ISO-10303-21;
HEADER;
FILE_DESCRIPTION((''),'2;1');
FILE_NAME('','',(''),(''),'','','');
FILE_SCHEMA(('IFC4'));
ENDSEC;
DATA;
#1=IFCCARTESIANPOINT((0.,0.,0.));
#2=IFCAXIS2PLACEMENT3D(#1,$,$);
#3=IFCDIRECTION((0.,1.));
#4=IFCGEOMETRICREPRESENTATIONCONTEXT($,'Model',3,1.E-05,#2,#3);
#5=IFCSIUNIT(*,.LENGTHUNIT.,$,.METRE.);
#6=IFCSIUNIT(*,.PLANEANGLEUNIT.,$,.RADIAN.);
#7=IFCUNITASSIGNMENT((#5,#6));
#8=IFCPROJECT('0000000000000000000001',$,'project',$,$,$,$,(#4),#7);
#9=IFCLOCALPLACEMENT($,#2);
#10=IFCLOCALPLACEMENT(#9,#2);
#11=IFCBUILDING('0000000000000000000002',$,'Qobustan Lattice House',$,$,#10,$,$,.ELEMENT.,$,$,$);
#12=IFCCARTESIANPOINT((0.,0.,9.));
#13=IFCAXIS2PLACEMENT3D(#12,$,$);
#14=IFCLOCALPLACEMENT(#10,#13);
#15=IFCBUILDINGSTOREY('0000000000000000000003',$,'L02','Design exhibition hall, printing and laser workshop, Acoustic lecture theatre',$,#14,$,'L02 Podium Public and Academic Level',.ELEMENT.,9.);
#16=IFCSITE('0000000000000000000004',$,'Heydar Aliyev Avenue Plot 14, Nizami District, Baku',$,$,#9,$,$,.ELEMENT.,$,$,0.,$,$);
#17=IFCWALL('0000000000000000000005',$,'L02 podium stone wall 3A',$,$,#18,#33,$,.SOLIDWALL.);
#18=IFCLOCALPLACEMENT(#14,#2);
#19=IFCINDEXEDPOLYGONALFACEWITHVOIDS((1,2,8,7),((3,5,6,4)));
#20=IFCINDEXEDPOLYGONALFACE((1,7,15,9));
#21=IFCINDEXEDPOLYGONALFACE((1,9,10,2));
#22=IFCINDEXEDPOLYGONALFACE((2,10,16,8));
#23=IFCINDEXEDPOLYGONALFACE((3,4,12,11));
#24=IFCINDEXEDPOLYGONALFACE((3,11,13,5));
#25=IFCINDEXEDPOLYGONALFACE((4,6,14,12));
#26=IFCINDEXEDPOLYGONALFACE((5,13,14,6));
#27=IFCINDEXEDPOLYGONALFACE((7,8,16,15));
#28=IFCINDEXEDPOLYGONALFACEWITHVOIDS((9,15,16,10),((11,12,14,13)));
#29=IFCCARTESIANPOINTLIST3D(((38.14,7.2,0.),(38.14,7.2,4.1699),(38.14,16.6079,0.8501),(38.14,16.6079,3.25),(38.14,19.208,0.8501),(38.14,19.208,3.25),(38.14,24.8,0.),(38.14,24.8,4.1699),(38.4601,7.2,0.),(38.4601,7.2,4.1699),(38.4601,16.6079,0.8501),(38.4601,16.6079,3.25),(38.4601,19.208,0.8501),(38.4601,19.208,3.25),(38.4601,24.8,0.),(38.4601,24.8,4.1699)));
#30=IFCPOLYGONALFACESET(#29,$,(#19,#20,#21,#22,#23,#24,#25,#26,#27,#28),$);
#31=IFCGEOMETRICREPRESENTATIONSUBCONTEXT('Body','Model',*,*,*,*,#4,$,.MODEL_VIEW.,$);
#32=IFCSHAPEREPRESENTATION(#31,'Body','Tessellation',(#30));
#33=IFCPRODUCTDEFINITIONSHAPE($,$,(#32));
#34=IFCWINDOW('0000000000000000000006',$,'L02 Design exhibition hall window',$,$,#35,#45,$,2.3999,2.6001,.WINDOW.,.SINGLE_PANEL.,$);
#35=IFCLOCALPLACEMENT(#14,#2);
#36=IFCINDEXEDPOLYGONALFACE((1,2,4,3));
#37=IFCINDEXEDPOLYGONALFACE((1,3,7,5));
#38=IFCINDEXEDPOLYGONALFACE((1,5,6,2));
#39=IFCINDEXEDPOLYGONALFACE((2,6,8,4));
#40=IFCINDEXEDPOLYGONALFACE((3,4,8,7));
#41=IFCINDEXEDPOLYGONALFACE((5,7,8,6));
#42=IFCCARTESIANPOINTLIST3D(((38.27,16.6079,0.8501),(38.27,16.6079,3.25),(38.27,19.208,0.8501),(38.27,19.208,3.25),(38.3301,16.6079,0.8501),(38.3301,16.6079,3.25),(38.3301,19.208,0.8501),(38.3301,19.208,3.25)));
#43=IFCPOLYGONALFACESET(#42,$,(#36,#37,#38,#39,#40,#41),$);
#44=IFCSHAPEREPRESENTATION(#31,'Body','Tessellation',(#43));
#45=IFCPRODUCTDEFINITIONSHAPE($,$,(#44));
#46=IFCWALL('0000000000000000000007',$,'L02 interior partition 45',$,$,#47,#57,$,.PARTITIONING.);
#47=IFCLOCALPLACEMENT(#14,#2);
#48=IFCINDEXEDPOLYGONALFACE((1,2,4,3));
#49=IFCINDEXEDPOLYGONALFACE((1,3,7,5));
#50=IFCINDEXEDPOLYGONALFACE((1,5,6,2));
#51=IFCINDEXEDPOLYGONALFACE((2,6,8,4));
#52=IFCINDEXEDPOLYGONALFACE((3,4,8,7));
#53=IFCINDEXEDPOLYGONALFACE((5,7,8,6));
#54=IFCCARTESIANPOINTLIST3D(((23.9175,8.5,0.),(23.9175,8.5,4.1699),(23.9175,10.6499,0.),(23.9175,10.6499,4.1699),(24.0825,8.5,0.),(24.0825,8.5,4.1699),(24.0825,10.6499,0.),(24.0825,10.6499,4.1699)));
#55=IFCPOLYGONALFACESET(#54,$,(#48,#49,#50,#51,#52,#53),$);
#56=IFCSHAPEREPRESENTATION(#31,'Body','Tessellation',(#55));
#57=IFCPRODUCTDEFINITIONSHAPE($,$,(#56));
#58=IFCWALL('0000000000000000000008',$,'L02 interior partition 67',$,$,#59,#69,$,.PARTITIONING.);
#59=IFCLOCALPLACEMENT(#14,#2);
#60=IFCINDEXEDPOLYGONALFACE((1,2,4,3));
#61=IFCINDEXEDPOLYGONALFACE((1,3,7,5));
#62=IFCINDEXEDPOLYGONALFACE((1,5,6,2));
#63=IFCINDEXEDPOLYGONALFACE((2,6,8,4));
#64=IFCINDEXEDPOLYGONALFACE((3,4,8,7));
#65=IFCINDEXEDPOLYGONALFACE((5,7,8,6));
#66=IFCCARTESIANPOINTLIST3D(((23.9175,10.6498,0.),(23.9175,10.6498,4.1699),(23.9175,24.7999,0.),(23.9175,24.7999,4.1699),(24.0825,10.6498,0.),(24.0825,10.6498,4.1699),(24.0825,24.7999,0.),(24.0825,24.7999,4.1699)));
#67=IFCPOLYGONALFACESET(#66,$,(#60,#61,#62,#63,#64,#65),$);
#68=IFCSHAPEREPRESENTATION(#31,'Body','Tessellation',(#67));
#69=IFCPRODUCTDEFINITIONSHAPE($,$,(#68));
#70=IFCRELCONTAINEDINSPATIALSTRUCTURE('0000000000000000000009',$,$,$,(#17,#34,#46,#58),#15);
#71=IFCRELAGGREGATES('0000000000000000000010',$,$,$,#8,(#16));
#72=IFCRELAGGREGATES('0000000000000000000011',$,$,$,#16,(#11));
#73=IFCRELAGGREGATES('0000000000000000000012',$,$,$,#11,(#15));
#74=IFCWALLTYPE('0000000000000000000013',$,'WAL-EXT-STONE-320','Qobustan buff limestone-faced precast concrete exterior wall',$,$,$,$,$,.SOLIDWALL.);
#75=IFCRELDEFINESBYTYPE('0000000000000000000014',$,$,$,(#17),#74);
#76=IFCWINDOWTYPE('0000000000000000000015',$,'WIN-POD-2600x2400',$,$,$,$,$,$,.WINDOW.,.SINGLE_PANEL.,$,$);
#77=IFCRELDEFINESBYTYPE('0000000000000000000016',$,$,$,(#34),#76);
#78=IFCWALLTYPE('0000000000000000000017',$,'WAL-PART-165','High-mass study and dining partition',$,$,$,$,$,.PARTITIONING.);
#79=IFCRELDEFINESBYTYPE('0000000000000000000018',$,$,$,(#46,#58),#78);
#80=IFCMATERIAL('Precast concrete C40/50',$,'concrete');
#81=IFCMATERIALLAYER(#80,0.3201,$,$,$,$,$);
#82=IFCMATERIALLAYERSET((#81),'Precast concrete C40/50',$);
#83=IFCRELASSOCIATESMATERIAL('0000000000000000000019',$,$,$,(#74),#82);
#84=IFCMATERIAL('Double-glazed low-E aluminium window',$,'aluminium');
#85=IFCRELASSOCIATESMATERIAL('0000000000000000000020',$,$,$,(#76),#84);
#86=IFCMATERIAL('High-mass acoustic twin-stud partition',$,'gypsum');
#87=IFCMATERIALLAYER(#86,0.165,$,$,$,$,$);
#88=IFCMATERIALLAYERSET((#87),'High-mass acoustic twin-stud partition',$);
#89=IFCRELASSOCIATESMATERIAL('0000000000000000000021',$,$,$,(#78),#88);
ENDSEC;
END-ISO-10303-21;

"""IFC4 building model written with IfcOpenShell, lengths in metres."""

from ifc_helpers import new_model, si_unit, direction, frame, frame_2d, origin, place, context, subcontext, project, spatial, rectangle, extrude, material, layer, layer_set, type_object, element, fill, save


model = new_model("IFC4")

# Units and contexts
model_context = context("Model", 3, precision=1e-05, world=origin(), true_north=direction((0.0, 1.0)))
body_context = subcontext(model_context, "Body", "Model", "MODEL_VIEW")
ifc_project = project(units=[si_unit("LENGTHUNIT", "METRE"), si_unit("PLANEANGLEUNIT", "RADIAN")], contexts=[model_context])

# Site, building, storey
site_placement = place(None, origin())
site = spatial("IfcSite", under=ifc_project, at=site_placement, Name="Heydar Aliyev Avenue Plot 14, Nizami District, Baku", CompositionType="ELEMENT", RefElevation=0.0)
building_placement = place(site_placement, origin())
building = spatial("IfcBuilding", under=site, at=building_placement, Name="Qobustan Lattice House", CompositionType="ELEMENT")
storey_placement = place(building_placement, frame((0.0, 0.0, 9.0)))
storey = spatial("IfcBuildingStorey", under=building, at=storey_placement, Name="L02", Description="Design exhibition hall, printing and laser workshop, Acoustic lecture theatre", LongName="L02 Podium Public and Academic Level", CompositionType="ELEMENT", Elevation=9.0)

# Wall, opening, window
ifc_material_1 = material(Name="Precast concrete C40/50", Category="concrete")
ifc_layer_1 = layer(ifc_material_1, 0.3201)
ifc_layer_set_1 = layer_set([ifc_layer_1], Name="Precast concrete C40/50")
wall_type_1 = type_object("IfcWallType", Name="WAL-EXT-STONE-320", Description="Qobustan buff limestone-faced precast concrete exterior wall", PredefinedType="SOLIDWALL", material=ifc_layer_set_1)
wall_1_placement = place(storey_placement, frame((38.3, 24.8, 0.0), z_axis=(0.0, 0.0, 1.0), x_axis=(0.0, -1.0, 0.0)))
wall_1 = element("IfcWall", 1, at=wall_1_placement, inside=storey, type_object=wall_type_1, Name="L02 podium stone wall 3A", PredefinedType="SOLIDWALL", context=body_context, shape_type="SweptSolid", body=[
    extrude(rectangle(XDim=17.6001, YDim=0.3201, at=frame_2d((8.8, 0.0))), origin(), (0.0, 0.0, 1.0), 4.1699),
])
opening_placement = place(wall_1_placement, frame((5.592, 0.0, 0.8501)))
opening = element("IfcOpeningElement", 2, at=opening_placement, cuts=wall_1, PredefinedType="OPENING", context=body_context, shape_type="SweptSolid", body=[
    extrude(rectangle(XDim=2.6001, YDim=2.3999, at=frame_2d((1.3, 1.2))), frame((0.0, 0.1699, 0.0), z_axis=(0.0, -1.0, 0.0), x_axis=(1.0, 0.0, 0.0)), (0.0, 0.0, 1.0), 0.3401),
])
ifc_material_2 = material(Name="Double-glazed low-E aluminium window", Category="aluminium")
window_type = type_object("IfcWindowType", Name="WIN-POD-2600x2400", PartitioningType="SINGLE_PANEL", PredefinedType="WINDOW", material=ifc_material_2)
window_placement = place(opening_placement, origin())
window = element("IfcWindow", 3, at=window_placement, inside=storey, type_object=window_type, Name="L02 Design exhibition hall window", OverallHeight=2.3999, OverallWidth=2.6001, PartitioningType="SINGLE_PANEL", PredefinedType="WINDOW", context=body_context, shape_type="SweptSolid", body=[
    extrude(rectangle(XDim=2.6001, YDim=2.3999, at=frame_2d((1.3, 1.2))), frame((0.0, 0.03, 0.0), z_axis=(0.0, -1.0, 0.0), x_axis=(1.0, 0.0, 0.0)), (0.0, 0.0, 1.0), 0.0601),
])
fill(opening, window)

# Walls
ifc_material_3 = material(Name="High-mass acoustic twin-stud partition", Category="gypsum")
ifc_layer_2 = layer(ifc_material_3, 0.165)
ifc_layer_set_2 = layer_set([ifc_layer_2], Name="High-mass acoustic twin-stud partition")
wall_type_2 = type_object("IfcWallType", Name="WAL-PART-165", Description="High-mass study and dining partition", PredefinedType="PARTITIONING", material=ifc_layer_set_2)
wall_2_placement = place(storey_placement, frame((24.0, 10.6499, 0.0), z_axis=(0.0, 0.0, 1.0), x_axis=(0.0, -1.0, 0.0)))
element("IfcWall", 4, at=wall_2_placement, inside=storey, type_object=wall_type_2, Name="L02 interior partition 45", PredefinedType="PARTITIONING", context=body_context, shape_type="SweptSolid", body=[
    extrude(rectangle(XDim=2.1499, YDim=0.165, at=frame_2d((1.075, 0.0))), origin(), (0.0, 0.0, 1.0), 4.1699),
])
wall_3_placement = place(storey_placement, frame((24.0, 24.8, 0.0), z_axis=(0.0, 0.0, 1.0), x_axis=(0.0, -1.0, 0.0)))
element("IfcWall", 5, at=wall_3_placement, inside=storey, type_object=wall_type_2, Name="L02 interior partition 67", PredefinedType="PARTITIONING", context=body_context, shape_type="SweptSolid", body=[
    extrude(rectangle(XDim=14.1501, YDim=0.165, at=frame_2d((7.0752, 0.0))), origin(), (0.0, 0.0, 1.0), 4.1699),
])

save(model, "model.ifc")
